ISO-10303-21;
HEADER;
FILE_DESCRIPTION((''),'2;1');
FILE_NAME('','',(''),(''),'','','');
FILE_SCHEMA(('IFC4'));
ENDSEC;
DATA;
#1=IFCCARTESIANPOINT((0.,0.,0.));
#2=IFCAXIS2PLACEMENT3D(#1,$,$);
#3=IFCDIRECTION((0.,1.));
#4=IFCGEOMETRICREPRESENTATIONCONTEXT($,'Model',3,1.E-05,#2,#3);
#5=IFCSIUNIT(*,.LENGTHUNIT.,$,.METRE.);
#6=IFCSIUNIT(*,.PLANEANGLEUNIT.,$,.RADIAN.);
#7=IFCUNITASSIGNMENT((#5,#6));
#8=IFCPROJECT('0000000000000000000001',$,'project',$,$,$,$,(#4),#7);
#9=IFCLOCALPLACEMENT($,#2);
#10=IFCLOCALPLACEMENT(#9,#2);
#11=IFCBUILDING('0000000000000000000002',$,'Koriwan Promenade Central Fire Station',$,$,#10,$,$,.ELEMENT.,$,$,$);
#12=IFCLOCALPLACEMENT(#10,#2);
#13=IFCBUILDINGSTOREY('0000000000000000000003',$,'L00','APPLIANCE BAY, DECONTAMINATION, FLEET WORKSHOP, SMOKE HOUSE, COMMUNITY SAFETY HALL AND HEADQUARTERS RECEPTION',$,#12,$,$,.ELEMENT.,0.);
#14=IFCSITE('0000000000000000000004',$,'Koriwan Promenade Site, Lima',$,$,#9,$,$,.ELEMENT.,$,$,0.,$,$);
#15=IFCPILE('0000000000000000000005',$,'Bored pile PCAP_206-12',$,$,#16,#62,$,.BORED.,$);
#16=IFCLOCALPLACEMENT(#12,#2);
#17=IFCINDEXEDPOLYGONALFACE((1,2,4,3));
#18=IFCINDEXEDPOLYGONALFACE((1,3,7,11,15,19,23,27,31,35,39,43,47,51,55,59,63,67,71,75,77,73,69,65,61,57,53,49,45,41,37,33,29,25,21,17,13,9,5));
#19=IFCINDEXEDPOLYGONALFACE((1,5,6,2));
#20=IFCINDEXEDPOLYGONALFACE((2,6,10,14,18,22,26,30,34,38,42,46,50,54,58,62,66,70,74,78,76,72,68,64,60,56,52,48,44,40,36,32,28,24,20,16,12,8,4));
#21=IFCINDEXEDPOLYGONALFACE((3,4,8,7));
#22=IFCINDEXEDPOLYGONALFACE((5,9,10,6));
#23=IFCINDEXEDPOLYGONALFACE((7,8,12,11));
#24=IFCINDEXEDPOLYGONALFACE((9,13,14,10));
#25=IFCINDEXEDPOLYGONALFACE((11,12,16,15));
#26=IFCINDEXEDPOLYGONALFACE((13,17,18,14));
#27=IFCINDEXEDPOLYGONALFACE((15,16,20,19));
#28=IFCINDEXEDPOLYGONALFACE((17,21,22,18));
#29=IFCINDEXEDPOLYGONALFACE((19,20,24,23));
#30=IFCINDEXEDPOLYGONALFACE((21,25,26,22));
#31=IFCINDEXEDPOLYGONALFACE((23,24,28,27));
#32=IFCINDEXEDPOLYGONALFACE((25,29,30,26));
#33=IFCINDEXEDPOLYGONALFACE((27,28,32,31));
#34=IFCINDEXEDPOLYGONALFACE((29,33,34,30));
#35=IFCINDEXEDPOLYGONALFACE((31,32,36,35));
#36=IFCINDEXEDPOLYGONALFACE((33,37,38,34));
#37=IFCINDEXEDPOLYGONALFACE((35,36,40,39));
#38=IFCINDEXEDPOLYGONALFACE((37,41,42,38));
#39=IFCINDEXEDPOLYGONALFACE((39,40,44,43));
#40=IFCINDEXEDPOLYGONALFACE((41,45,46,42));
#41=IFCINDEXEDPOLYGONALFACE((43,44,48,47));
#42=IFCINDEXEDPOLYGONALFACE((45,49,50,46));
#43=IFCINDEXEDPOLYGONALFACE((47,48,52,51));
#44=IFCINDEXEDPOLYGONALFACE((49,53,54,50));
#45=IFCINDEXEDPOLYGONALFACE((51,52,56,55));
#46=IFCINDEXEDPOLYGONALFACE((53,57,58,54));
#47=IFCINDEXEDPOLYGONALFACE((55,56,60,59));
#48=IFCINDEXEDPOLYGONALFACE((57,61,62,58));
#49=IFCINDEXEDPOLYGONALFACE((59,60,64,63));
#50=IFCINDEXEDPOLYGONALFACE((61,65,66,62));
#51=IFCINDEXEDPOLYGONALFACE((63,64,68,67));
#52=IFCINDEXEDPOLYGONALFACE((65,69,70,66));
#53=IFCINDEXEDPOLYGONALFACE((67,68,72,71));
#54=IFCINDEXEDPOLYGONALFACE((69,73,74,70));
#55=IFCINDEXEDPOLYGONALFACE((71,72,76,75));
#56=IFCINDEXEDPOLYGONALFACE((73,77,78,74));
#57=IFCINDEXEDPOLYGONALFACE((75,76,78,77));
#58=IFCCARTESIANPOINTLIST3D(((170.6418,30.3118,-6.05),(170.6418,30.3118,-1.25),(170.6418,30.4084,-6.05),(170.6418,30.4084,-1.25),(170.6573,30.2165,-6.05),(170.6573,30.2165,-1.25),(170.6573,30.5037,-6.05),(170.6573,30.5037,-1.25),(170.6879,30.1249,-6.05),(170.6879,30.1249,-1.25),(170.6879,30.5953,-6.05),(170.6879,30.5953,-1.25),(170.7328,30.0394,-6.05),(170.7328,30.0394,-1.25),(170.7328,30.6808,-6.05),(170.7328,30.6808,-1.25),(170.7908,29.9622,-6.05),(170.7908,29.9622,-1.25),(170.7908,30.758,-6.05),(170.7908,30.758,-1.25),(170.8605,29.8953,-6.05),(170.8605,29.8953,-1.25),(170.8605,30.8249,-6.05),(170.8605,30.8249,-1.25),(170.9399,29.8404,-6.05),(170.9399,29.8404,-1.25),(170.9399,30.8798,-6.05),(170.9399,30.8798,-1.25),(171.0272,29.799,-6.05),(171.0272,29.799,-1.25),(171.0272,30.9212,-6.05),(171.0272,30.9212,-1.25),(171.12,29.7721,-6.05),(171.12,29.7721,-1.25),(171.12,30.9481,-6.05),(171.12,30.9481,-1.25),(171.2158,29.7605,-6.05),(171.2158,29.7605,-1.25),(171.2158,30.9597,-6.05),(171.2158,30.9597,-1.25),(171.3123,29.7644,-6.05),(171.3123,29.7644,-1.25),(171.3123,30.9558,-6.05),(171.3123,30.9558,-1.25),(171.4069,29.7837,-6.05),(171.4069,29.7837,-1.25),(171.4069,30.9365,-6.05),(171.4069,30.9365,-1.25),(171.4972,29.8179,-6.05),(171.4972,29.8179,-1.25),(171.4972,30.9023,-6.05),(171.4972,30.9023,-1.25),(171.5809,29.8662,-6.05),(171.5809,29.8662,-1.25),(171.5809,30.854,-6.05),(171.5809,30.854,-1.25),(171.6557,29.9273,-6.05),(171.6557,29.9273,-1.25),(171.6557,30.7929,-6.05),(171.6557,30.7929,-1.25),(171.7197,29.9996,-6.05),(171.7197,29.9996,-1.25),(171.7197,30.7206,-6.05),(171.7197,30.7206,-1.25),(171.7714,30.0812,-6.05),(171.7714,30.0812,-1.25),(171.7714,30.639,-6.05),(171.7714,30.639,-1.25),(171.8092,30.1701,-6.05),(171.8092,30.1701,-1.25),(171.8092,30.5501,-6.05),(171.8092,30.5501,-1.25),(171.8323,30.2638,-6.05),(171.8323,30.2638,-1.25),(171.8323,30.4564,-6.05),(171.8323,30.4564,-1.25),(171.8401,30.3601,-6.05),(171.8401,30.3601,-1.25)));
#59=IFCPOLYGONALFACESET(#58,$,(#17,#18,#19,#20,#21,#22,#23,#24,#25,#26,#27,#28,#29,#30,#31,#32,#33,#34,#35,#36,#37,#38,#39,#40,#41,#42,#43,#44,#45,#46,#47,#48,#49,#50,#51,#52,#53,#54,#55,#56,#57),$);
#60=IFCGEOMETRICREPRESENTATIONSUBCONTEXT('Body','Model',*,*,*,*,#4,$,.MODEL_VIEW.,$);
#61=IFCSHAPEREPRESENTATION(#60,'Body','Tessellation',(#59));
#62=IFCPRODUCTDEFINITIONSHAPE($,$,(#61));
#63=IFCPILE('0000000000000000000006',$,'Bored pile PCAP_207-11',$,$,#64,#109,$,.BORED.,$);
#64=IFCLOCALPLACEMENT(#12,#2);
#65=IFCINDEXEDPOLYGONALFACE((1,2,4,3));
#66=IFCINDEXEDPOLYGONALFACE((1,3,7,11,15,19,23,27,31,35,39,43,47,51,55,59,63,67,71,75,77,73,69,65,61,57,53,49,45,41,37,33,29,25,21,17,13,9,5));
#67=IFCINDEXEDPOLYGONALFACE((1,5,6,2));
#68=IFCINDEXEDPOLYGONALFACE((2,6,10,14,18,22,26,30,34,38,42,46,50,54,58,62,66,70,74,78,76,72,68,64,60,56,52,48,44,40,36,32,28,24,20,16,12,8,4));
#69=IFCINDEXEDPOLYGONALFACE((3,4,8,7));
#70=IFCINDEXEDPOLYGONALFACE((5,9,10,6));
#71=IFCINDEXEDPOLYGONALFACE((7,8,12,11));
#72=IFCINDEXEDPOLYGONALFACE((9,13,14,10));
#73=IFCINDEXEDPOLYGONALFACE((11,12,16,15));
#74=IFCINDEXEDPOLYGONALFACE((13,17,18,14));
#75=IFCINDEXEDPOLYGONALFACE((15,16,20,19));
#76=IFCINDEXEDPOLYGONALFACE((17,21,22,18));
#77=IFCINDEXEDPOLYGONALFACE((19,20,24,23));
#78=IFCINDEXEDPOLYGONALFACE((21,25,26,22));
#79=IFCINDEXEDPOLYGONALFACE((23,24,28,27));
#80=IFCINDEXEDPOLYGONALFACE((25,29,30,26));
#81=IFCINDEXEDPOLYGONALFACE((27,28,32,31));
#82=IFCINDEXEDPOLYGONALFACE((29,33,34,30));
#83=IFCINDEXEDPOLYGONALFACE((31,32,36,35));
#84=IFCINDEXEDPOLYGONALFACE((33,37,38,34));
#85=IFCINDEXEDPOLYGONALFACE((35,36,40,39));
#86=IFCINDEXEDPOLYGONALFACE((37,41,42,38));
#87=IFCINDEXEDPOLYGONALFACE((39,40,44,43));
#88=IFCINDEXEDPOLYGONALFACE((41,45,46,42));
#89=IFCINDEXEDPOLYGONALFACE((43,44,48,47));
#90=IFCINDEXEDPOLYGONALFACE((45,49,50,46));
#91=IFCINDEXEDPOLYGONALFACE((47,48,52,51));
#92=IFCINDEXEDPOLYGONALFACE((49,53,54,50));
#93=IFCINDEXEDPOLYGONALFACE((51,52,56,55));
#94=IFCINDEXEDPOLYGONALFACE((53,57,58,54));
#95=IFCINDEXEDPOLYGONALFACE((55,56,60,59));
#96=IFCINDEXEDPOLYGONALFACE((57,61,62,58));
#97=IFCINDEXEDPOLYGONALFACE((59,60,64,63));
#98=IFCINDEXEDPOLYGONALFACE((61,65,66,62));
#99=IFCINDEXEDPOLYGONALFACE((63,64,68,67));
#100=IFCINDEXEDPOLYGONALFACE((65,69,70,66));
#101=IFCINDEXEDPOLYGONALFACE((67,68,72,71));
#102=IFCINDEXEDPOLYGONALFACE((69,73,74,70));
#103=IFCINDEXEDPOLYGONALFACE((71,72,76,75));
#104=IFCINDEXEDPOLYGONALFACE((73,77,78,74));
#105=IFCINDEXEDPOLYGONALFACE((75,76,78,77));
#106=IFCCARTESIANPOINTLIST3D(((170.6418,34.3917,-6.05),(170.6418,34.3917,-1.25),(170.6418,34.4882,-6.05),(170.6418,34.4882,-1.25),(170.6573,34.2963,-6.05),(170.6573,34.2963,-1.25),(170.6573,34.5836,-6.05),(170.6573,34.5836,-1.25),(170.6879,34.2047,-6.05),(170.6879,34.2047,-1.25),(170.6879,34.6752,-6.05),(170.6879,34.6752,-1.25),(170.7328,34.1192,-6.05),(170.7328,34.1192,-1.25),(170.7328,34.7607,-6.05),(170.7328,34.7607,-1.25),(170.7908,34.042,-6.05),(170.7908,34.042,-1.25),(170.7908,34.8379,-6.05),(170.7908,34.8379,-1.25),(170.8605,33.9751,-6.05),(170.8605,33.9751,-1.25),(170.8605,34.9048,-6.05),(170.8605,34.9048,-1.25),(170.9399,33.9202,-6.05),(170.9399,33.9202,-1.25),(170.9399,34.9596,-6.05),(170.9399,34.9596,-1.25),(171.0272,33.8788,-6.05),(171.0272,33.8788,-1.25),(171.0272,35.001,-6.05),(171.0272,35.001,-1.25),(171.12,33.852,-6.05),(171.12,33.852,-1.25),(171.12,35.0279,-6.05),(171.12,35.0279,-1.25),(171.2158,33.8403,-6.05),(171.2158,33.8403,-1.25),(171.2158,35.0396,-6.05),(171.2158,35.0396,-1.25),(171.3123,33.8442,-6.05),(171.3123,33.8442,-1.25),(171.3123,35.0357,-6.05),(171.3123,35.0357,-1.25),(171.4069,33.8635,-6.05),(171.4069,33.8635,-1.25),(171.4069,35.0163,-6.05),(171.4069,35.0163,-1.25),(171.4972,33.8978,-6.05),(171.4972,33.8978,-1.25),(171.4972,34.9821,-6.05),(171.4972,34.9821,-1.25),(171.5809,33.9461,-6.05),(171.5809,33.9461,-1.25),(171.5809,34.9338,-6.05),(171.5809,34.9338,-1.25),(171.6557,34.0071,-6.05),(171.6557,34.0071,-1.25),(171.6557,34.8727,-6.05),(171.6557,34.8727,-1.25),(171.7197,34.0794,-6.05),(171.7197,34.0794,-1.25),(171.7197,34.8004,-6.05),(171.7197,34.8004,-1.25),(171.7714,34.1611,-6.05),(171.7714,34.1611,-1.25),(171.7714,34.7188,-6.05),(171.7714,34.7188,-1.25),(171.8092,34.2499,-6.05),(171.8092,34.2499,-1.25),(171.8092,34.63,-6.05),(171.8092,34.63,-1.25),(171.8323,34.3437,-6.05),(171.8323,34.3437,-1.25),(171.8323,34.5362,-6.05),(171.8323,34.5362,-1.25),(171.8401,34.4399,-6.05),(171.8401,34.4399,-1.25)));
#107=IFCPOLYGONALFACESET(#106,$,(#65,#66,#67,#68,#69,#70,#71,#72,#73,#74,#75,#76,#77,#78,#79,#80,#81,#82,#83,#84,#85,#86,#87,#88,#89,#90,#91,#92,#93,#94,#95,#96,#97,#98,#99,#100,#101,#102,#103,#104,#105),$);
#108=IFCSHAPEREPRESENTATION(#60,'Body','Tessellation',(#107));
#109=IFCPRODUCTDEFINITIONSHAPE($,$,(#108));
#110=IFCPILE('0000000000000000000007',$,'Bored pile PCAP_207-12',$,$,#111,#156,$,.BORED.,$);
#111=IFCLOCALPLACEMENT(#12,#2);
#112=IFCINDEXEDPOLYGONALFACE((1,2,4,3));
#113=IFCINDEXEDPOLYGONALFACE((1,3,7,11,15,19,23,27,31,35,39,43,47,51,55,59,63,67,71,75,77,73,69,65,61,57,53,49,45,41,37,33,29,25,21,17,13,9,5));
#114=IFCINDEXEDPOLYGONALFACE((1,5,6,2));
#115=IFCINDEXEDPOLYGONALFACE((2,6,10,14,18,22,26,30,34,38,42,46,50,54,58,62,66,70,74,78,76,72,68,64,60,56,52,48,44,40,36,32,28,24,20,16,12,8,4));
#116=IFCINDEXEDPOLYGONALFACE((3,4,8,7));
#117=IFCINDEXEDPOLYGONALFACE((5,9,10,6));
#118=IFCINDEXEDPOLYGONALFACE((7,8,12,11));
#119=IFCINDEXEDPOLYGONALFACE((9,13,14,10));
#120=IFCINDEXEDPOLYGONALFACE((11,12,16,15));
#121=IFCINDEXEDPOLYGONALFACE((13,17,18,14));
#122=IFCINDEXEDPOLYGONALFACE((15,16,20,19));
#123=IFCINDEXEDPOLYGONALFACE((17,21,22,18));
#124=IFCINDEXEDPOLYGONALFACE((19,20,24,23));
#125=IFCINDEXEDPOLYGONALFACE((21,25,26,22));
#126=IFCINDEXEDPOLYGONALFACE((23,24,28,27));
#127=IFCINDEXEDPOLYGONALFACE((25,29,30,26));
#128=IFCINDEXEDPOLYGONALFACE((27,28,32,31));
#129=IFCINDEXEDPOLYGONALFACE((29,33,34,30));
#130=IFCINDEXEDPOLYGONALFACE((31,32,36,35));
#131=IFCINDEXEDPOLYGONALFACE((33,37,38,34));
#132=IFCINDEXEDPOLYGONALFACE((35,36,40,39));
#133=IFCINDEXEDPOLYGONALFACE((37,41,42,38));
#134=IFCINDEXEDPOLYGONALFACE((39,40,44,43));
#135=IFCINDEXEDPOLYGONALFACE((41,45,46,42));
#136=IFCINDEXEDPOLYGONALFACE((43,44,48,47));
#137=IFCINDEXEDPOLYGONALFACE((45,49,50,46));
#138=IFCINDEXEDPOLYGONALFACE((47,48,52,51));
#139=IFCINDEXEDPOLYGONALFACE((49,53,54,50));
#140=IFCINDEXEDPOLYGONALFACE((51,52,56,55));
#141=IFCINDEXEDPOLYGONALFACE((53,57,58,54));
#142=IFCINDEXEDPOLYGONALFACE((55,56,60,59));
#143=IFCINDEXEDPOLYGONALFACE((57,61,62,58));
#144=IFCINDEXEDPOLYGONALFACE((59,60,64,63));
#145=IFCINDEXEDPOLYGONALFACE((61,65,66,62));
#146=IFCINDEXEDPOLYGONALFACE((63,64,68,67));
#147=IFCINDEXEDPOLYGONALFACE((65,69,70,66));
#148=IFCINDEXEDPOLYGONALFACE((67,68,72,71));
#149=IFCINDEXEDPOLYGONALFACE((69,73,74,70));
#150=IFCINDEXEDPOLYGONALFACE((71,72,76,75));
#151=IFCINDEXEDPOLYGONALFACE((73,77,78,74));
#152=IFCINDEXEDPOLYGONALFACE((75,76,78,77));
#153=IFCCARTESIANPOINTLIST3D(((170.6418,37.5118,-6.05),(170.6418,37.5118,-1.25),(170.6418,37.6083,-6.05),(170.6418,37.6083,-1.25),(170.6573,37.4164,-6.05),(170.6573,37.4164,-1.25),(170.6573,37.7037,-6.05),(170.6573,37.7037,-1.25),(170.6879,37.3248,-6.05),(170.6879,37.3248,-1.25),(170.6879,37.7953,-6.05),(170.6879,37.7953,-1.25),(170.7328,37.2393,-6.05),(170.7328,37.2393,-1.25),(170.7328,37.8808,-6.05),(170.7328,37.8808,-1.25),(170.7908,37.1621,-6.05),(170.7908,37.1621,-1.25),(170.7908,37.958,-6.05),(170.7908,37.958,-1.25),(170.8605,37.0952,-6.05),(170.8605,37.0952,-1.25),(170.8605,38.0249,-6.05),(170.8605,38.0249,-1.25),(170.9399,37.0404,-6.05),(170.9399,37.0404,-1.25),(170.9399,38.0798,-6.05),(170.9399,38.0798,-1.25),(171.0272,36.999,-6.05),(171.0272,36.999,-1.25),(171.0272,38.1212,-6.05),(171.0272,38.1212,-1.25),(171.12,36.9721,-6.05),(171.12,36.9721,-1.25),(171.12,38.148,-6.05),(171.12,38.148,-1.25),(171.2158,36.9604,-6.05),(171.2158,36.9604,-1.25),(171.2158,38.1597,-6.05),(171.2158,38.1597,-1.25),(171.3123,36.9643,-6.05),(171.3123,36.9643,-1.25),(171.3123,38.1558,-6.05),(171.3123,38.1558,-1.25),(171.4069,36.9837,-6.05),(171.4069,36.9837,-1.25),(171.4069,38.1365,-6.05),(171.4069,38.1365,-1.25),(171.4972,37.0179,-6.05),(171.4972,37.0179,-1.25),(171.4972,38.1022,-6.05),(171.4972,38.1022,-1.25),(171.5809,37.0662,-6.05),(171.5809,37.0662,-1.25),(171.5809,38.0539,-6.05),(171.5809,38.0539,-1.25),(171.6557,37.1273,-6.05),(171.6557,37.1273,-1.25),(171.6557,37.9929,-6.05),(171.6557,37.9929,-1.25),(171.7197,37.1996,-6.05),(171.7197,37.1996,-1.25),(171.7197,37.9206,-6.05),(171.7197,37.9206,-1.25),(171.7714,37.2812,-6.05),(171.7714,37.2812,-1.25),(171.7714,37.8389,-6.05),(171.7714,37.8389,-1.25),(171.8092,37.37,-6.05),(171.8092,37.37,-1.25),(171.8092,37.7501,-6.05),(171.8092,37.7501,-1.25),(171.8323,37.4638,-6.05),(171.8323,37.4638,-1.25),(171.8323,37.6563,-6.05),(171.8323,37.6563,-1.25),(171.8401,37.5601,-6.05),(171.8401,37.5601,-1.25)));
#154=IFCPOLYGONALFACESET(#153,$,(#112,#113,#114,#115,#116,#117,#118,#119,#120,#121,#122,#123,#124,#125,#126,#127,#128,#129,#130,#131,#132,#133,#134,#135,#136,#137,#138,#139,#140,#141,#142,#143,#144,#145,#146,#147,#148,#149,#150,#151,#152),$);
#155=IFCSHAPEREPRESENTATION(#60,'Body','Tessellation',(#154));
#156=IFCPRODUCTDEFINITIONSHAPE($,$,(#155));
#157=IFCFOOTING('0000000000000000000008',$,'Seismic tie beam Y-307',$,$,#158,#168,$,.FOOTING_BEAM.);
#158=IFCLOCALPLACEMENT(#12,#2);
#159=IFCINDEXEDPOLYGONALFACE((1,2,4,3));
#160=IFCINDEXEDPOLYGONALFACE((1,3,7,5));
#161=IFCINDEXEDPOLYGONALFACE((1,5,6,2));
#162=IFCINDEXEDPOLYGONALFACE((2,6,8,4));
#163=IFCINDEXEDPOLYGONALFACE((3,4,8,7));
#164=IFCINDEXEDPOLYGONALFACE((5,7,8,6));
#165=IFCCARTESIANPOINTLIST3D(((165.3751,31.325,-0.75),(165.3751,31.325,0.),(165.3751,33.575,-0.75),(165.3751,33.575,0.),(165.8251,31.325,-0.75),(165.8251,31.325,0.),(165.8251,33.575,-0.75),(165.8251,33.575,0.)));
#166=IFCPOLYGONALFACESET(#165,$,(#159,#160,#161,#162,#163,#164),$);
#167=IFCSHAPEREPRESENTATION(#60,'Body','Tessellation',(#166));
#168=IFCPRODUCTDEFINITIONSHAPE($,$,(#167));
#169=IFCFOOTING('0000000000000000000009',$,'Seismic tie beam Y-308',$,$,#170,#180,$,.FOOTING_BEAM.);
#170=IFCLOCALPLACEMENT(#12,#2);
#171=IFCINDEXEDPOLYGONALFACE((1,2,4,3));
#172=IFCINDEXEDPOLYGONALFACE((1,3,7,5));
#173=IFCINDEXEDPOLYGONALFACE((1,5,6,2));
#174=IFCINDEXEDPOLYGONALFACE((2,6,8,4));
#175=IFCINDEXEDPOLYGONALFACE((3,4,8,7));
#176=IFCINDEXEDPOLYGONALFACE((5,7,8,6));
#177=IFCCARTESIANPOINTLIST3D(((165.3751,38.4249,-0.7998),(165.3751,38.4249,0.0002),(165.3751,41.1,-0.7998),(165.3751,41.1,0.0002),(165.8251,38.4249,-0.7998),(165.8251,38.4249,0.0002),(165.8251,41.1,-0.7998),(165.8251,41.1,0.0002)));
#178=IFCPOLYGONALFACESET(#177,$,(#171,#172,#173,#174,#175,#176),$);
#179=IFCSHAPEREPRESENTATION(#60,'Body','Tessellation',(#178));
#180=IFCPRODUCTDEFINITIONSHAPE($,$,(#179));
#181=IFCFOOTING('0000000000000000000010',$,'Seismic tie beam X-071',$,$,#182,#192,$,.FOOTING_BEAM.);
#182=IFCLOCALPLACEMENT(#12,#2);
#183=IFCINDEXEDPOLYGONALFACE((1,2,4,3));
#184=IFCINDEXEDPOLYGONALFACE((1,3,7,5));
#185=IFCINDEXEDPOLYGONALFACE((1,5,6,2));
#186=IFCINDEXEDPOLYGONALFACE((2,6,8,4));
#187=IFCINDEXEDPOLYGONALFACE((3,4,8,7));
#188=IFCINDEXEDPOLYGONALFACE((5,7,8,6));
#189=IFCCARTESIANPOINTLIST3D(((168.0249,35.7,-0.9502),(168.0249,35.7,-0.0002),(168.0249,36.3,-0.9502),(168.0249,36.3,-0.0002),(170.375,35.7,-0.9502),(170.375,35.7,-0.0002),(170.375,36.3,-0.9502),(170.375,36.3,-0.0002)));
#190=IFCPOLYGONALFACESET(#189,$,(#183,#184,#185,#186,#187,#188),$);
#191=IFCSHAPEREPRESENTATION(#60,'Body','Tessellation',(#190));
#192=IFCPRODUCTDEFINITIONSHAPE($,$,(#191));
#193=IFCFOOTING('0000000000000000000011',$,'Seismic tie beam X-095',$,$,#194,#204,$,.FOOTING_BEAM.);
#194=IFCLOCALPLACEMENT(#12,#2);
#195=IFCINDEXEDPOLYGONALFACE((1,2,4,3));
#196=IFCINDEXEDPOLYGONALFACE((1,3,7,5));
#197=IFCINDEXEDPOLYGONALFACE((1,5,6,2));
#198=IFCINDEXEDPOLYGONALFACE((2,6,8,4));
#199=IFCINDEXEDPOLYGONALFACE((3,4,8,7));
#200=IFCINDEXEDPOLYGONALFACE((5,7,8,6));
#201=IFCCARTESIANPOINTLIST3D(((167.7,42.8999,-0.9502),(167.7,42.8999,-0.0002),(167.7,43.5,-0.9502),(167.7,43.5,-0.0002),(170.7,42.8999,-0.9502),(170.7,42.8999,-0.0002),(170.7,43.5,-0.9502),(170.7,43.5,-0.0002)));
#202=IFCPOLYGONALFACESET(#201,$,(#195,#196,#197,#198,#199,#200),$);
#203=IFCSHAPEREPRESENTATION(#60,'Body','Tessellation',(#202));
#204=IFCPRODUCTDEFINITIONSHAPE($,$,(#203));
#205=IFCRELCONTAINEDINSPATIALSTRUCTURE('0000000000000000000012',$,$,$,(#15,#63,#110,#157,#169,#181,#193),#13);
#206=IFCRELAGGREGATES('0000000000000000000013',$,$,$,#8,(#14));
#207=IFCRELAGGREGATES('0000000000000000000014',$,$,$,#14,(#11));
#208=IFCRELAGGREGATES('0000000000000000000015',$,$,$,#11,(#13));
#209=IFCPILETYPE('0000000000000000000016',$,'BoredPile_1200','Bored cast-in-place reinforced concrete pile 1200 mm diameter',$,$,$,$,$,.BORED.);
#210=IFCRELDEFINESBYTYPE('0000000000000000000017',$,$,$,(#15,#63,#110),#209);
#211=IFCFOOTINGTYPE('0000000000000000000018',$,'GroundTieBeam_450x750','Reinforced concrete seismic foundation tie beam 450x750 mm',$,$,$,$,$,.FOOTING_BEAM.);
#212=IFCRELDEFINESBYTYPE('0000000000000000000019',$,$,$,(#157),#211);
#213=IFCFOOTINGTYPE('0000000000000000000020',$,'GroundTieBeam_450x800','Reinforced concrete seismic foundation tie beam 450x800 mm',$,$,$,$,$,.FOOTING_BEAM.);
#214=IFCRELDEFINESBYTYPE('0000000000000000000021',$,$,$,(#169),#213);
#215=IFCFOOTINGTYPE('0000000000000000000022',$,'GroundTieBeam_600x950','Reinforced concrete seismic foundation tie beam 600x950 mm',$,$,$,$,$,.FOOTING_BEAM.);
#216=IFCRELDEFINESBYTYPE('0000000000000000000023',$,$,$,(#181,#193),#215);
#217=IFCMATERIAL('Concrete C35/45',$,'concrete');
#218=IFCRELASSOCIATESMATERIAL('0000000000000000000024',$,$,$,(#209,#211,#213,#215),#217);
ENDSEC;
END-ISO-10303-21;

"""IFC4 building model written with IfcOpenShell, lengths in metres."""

from ifc_helpers import new_model, si_unit, direction, frame, origin, origin_2d, place, context, subcontext, project, spatial, rectangle, circle, extrude, material, material_profile, profile_set, type_object, element, save


model = new_model("IFC4")

# Units and contexts
model_context = context("Model", 3, precision=1e-05, world=origin(), true_north=direction((0.0, 1.0)))
body_context = subcontext(model_context, "Body", "Model", "MODEL_VIEW")
ifc_project = project(units=[si_unit("LENGTHUNIT", "METRE"), si_unit("PLANEANGLEUNIT", "RADIAN")], contexts=[model_context])

# Site, building, storey
site_placement = place(None, origin())
site = spatial("IfcSite", under=ifc_project, at=site_placement, Name="Koriwan Promenade Site, Lima", CompositionType="ELEMENT", RefElevation=0.0)
building_placement = place(site_placement, origin())
building = spatial("IfcBuilding", under=site, at=building_placement, Name="Koriwan Promenade Central Fire Station", CompositionType="ELEMENT")
storey_placement = place(building_placement, origin())
storey = spatial("IfcBuildingStorey", under=building, at=storey_placement, Name="L00", Description="APPLIANCE BAY, DECONTAMINATION, FLEET WORKSHOP, SMOKE HOUSE, COMMUNITY SAFETY HALL AND HEADQUARTERS RECEPTION", CompositionType="ELEMENT", Elevation=0.0)

# Piles
ifc_material_1 = material(Name="Concrete C35/45", Category="concrete")
ifc_material_profile_1 = material_profile(ifc_material_1, circle(Radius=0.6001, at=origin_2d()), Name="PILE-D1200")
ifc_profile_set_1 = profile_set([ifc_material_profile_1], Name="Concrete C35/45")
pile_type_1 = type_object("IfcPileType", Name="BoredPile_1200", Description="Bored cast-in-place reinforced concrete pile 1200 mm diameter", PredefinedType="BORED", material=ifc_profile_set_1)
for number, where, z_axis, x_axis, name in (
    (1, (171.24, 30.3601, -1.25), (0.0, 0.0, -1.0), (1.0, 0.0, 0.0), "Bored pile PCAP_206-12"),
    (2, (171.24, 34.4399, -1.25), (0.0, 0.0, -1.0), (1.0, 0.0, 0.0), "Bored pile PCAP_207-11"),
    (3, (171.24, 37.5601, -1.25), (0.0, 0.0, -1.0), (1.0, 0.0, 0.0), "Bored pile PCAP_207-12"),
):
    element("IfcPile", number, at=place(storey_placement, frame(where, z_axis=z_axis, x_axis=x_axis)), inside=storey, type_object=pile_type_1, Name=name, PredefinedType="BORED", context=body_context, shape_type="SweptSolid", body=[
        extrude(circle(Radius=0.6001, at=origin_2d()), origin(), (0.0, 0.0, 1.0), 4.8),
    ])

# Footings
footing_type_1 = type_object("IfcFootingType", Name="GroundTieBeam_450x750", Description="Reinforced concrete seismic foundation tie beam 450x750 mm", PredefinedType="FOOTING_BEAM", material=ifc_material_1)
footing_1_placement = place(storey_placement, frame((165.6001, 32.45, -0.75), z_axis=(0.0, 0.0, 1.0), x_axis=(0.0, 1.0, 0.0)))
element("IfcFooting", 4, at=footing_1_placement, inside=storey, type_object=footing_type_1, Name="Seismic tie beam Y-307", PredefinedType="FOOTING_BEAM", context=body_context, shape_type="SweptSolid", body=[
    extrude(rectangle(XDim=2.25, YDim=0.45, at=origin_2d()), origin(), (0.0, 0.0, 1.0), 0.75),
])
footing_type_2 = type_object("IfcFootingType", Name="GroundTieBeam_450x800", Description="Reinforced concrete seismic foundation tie beam 450x800 mm", PredefinedType="FOOTING_BEAM", material=ifc_material_1)
footing_2_placement = place(storey_placement, frame((165.6001, 39.7625, -0.7998), z_axis=(0.0, 0.0, 1.0), x_axis=(0.0, 1.0, 0.0)))
element("IfcFooting", 5, at=footing_2_placement, inside=storey, type_object=footing_type_2, Name="Seismic tie beam Y-308", PredefinedType="FOOTING_BEAM", context=body_context, shape_type="SweptSolid", body=[
    extrude(rectangle(XDim=2.675, YDim=0.45, at=origin_2d()), origin(), (0.0, 0.0, 1.0), 0.8),
])
footing_type_3 = type_object("IfcFootingType", Name="GroundTieBeam_600x950", Description="Reinforced concrete seismic foundation tie beam 600x950 mm", PredefinedType="FOOTING_BEAM", material=ifc_material_1)
footing_3_placement = place(storey_placement, frame((169.2, 36.0, -0.9502), z_axis=(0.0, 0.0, 1.0), x_axis=(1.0, 0.0, 0.0)))
element("IfcFooting", 6, at=footing_3_placement, inside=storey, type_object=footing_type_3, Name="Seismic tie beam X-071", PredefinedType="FOOTING_BEAM", context=body_context, shape_type="SweptSolid", body=[
    extrude(rectangle(XDim=2.3501, YDim=0.6001, at=origin_2d()), origin(), (0.0, 0.0, 1.0), 0.95),
])
footing_4_placement = place(storey_placement, frame((169.2, 43.2, -0.9502), z_axis=(0.0, 0.0, 1.0), x_axis=(1.0, 0.0, 0.0)))
element("IfcFooting", 7, at=footing_4_placement, inside=storey, type_object=footing_type_3, Name="Seismic tie beam X-095", PredefinedType="FOOTING_BEAM", context=body_context, shape_type="SweptSolid", body=[
    extrude(rectangle(XDim=3.0, YDim=0.6001, at=origin_2d()), origin(), (0.0, 0.0, 1.0), 0.95),
])

save(model, "model.ifc")
